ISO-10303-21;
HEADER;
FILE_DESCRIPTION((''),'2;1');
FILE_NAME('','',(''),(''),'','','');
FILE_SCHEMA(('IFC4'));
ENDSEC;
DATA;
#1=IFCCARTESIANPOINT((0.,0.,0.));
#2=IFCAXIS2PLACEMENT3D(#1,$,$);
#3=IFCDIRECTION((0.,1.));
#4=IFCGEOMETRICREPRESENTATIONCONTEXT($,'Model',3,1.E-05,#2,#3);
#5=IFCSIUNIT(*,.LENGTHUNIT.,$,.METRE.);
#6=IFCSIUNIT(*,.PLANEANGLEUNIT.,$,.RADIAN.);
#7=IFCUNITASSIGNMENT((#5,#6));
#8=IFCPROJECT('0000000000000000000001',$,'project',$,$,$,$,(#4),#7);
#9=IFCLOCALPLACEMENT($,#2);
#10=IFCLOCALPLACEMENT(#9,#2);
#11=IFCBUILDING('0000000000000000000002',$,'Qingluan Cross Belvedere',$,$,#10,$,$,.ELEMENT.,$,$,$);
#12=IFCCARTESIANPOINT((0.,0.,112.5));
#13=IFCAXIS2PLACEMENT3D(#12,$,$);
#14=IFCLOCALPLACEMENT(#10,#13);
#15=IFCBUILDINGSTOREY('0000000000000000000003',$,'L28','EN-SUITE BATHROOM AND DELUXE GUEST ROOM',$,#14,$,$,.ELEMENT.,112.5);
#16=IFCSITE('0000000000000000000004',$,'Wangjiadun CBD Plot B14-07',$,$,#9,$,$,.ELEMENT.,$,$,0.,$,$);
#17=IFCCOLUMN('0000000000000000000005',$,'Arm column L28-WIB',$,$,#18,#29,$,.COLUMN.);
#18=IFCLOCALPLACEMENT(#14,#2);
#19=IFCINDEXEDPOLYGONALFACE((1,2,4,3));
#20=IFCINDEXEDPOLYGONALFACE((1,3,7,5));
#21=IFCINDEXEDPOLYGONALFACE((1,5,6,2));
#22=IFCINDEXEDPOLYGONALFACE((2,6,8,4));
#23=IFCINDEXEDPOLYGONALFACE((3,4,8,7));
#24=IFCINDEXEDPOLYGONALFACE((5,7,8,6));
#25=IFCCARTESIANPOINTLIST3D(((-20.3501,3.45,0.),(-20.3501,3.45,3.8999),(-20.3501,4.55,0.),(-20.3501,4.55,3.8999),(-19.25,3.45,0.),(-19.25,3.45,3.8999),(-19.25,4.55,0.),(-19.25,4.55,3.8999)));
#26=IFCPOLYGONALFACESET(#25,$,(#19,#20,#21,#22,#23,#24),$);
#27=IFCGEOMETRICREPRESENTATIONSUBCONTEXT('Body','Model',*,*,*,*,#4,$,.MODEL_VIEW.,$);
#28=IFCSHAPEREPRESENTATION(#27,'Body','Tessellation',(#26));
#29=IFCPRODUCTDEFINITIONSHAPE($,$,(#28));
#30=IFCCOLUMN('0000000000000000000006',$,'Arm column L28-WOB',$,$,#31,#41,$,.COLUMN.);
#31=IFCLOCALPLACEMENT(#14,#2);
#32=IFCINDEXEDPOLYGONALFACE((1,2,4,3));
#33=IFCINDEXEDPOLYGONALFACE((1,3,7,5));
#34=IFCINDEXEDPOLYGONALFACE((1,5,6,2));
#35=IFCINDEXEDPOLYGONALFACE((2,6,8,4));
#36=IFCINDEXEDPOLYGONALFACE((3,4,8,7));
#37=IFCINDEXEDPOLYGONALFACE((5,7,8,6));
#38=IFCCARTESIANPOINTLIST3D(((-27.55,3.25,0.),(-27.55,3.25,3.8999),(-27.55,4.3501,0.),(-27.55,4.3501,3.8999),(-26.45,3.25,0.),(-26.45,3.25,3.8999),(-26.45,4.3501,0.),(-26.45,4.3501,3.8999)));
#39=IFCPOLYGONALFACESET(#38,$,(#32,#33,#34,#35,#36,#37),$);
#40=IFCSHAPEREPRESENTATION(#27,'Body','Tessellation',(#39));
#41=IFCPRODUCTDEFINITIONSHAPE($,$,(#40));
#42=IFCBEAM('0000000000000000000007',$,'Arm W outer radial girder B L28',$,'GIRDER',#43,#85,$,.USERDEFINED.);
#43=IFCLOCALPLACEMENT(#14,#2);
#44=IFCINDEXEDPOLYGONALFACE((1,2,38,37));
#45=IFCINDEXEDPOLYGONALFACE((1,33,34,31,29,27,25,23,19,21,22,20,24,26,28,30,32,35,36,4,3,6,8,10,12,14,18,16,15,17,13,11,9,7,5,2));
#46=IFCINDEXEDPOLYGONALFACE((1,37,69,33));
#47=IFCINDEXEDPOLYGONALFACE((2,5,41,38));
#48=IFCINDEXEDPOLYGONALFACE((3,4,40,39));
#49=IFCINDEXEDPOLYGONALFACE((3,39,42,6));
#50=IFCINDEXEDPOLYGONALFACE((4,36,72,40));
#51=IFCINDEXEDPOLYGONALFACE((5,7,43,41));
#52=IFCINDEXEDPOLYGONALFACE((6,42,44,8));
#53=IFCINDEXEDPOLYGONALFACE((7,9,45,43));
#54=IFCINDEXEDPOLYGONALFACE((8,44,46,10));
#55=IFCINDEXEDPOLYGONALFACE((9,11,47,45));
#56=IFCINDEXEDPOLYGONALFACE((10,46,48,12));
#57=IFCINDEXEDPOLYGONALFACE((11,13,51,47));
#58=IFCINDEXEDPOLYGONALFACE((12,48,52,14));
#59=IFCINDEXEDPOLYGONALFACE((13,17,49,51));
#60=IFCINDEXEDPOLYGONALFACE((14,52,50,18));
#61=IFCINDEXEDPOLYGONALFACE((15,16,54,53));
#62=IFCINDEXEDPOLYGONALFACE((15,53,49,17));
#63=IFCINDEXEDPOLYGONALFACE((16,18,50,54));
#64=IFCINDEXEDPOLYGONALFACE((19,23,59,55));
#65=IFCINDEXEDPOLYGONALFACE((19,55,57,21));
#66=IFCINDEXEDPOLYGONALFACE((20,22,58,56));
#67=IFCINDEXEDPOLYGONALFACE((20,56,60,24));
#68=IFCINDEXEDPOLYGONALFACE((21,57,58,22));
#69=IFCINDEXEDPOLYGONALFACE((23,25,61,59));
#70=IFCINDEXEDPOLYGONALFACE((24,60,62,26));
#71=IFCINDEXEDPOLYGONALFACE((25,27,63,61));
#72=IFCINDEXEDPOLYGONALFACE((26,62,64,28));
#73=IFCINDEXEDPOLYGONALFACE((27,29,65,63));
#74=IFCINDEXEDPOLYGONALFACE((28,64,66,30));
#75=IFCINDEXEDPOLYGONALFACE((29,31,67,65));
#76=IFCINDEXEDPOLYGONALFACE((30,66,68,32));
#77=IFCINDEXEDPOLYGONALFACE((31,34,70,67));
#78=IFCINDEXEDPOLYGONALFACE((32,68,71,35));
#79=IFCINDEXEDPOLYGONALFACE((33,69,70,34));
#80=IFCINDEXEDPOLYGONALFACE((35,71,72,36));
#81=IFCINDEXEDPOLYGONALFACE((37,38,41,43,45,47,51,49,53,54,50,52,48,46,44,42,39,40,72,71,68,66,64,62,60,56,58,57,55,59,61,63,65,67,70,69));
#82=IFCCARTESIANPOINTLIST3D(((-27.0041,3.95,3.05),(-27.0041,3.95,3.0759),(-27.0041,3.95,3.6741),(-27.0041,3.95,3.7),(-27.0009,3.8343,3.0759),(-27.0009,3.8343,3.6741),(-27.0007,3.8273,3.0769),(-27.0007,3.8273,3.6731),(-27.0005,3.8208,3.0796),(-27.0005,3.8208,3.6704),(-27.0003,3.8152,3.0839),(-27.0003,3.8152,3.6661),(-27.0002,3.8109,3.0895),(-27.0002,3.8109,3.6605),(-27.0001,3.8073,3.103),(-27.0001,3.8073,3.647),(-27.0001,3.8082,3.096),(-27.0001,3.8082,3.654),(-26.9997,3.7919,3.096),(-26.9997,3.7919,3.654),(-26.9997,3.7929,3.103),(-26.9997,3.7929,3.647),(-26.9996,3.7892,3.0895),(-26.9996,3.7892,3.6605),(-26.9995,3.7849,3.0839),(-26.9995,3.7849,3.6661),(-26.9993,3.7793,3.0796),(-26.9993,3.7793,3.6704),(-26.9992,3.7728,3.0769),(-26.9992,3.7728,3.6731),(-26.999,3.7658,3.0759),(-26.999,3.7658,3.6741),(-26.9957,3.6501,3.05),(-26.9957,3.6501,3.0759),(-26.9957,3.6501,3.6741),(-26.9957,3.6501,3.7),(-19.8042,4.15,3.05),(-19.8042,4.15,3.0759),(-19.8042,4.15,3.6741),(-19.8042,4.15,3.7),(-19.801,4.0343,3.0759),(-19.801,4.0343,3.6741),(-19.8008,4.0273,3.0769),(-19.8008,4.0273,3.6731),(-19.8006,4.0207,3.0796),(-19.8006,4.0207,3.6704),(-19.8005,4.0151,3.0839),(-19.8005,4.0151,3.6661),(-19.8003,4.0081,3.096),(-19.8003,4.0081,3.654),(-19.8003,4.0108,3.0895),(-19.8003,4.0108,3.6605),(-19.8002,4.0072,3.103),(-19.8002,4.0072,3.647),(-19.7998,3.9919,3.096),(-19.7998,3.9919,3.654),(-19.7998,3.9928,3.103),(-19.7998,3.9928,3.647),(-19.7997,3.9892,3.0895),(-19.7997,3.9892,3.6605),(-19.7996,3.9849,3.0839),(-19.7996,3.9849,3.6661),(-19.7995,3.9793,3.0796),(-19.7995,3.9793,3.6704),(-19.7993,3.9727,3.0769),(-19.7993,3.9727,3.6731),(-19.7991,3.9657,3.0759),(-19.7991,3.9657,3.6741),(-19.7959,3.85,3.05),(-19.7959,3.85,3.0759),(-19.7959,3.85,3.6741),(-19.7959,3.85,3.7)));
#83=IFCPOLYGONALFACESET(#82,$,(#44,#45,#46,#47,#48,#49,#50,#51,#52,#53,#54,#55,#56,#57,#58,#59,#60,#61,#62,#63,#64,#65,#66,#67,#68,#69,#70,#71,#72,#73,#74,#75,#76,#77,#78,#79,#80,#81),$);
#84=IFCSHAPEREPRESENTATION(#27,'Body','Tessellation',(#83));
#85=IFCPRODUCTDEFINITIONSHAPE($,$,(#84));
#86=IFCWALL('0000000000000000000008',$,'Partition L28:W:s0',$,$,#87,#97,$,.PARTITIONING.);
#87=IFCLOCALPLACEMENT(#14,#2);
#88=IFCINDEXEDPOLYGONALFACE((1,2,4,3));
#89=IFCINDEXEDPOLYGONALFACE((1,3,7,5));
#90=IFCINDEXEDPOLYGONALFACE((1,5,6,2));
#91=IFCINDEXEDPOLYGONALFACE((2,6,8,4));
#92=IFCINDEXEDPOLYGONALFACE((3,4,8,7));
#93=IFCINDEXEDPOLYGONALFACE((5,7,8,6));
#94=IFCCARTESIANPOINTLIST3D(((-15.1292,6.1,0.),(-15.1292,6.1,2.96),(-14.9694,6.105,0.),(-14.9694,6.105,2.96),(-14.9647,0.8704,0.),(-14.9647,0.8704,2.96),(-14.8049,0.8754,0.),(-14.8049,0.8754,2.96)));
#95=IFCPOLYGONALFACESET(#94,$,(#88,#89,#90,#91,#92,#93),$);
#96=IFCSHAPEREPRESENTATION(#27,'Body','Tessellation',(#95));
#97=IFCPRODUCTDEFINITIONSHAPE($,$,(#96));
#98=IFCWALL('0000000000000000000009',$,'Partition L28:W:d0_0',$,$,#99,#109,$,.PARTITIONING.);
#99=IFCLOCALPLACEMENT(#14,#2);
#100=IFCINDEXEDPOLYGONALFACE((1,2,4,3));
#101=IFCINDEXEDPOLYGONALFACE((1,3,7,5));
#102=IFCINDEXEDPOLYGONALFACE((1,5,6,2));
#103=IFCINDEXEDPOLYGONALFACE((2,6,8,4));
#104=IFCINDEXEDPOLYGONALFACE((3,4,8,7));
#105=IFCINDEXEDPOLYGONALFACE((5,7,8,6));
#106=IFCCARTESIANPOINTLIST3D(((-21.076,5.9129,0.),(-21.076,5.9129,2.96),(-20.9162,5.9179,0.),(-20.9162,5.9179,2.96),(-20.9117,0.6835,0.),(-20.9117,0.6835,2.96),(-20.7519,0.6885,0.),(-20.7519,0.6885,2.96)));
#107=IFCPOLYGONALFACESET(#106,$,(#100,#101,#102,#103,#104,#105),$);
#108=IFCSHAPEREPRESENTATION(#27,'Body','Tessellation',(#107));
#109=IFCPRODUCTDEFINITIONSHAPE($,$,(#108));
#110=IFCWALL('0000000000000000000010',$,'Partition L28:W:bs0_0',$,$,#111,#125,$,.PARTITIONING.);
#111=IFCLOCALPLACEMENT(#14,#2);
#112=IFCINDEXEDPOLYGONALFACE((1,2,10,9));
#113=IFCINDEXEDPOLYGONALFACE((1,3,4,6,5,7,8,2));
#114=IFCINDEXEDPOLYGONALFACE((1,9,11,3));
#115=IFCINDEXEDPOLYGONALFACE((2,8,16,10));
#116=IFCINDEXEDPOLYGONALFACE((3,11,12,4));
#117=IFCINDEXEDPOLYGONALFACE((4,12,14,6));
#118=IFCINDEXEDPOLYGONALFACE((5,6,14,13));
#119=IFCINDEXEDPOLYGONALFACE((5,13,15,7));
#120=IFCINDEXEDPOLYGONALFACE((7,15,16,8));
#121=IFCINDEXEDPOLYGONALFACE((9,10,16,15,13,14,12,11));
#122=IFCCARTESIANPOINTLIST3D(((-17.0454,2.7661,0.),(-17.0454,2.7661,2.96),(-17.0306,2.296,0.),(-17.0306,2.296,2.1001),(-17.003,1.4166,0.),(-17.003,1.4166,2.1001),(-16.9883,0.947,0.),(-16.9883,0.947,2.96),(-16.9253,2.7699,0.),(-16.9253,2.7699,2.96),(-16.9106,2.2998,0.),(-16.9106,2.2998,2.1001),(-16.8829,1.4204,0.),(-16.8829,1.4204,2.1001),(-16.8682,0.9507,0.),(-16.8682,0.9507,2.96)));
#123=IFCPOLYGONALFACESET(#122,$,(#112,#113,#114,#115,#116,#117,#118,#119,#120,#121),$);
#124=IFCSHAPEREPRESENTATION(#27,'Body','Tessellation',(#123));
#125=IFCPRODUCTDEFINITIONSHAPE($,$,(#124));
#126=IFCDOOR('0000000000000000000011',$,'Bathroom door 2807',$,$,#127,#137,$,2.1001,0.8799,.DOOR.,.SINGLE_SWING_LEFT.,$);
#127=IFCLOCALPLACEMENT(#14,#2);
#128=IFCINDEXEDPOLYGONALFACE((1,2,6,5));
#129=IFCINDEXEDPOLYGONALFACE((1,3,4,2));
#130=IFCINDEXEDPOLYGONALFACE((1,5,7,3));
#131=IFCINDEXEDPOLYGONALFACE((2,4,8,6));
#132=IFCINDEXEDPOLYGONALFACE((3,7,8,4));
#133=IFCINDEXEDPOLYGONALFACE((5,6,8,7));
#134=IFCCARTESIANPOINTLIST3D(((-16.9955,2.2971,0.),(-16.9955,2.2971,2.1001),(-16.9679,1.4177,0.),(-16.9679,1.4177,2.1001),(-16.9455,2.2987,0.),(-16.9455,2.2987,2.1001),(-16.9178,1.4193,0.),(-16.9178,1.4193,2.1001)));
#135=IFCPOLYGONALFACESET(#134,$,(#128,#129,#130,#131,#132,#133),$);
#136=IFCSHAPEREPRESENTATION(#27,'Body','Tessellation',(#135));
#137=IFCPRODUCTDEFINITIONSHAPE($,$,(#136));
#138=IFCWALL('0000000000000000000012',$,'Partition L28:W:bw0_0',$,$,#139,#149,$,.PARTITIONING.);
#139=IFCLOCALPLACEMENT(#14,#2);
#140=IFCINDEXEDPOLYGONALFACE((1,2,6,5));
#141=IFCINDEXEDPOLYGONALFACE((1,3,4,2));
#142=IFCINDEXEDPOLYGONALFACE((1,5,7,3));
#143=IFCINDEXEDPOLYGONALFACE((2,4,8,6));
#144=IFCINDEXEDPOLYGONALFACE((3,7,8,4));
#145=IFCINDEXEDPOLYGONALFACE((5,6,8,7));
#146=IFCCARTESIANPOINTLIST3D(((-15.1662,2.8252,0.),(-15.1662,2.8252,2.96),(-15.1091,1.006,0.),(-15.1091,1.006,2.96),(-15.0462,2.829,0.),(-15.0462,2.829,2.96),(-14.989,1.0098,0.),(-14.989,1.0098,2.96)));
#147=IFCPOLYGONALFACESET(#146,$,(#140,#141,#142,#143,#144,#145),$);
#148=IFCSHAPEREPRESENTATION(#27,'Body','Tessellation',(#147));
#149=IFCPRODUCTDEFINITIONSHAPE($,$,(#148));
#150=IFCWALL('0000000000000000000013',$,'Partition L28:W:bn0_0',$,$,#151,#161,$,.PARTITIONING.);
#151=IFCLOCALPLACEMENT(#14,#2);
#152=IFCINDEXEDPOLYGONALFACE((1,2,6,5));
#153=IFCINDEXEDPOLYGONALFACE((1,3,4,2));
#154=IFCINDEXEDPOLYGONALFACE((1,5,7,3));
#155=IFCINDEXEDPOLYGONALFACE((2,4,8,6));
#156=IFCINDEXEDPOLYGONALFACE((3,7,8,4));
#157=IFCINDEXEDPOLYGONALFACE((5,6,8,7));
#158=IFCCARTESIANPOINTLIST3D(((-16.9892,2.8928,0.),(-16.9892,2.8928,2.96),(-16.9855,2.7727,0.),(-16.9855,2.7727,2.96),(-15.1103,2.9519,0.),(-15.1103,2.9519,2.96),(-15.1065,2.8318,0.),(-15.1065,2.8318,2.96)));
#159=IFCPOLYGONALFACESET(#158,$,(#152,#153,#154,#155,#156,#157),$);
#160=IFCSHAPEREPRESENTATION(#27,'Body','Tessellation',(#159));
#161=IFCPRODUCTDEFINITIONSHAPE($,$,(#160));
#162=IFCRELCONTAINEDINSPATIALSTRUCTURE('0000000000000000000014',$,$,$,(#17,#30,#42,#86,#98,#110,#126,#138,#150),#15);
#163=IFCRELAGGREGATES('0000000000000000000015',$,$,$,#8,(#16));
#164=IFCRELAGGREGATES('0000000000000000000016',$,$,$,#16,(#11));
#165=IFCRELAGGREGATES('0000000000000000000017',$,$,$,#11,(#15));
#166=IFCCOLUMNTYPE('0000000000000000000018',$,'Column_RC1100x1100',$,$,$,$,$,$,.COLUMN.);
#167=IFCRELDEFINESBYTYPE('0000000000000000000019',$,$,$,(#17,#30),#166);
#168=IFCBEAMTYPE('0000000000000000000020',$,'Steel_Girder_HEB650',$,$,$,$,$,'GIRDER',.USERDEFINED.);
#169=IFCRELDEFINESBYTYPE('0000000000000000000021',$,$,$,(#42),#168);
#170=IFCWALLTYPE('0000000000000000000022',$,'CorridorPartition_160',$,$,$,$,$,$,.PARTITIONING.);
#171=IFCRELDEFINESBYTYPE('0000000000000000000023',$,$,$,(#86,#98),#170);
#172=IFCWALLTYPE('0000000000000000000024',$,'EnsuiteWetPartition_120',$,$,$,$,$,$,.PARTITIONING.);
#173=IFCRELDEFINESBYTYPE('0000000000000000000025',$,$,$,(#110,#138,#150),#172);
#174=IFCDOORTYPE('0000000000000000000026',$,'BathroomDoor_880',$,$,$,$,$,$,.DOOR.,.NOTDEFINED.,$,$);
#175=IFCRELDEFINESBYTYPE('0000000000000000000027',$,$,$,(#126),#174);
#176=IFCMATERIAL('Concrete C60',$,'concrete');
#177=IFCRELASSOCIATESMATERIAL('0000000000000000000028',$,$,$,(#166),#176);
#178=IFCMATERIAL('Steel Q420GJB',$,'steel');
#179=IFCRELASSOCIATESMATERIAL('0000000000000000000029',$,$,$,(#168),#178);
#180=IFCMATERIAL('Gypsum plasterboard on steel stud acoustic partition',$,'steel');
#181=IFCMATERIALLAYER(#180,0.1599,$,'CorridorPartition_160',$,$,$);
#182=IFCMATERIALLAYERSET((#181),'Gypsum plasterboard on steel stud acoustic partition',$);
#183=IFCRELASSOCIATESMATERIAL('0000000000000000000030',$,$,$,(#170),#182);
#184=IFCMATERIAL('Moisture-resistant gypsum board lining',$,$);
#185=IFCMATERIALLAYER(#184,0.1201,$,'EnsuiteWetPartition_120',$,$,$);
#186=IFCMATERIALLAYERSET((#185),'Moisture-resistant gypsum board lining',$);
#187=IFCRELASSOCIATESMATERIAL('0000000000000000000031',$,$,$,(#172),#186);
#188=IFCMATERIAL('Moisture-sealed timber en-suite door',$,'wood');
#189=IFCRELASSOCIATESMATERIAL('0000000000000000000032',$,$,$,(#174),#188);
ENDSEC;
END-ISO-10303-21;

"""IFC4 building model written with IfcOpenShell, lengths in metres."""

from ifc_helpers import new_model, si_unit, direction, frame, frame_2d, origin, origin_2d, place, context, subcontext, project, spatial, rectangle, i_section, extrude, material, layer, layer_set, material_profile, profile_set, type_object, element, fill, save


model = new_model("IFC4")

# Units and contexts
model_context = context("Model", 3, precision=1e-05, world=origin(), true_north=direction((0.0, 1.0)))
body_context = subcontext(model_context, "Body", "Model", "MODEL_VIEW")
ifc_project = project(units=[si_unit("LENGTHUNIT", "METRE"), si_unit("PLANEANGLEUNIT", "RADIAN")], contexts=[model_context])

# Site, building, storey
site_placement = place(None, origin())
site = spatial("IfcSite", under=ifc_project, at=site_placement, Name="Wangjiadun CBD Plot B14-07", CompositionType="ELEMENT", RefElevation=0.0)
building_placement = place(site_placement, origin())
building = spatial("IfcBuilding", under=site, at=building_placement, Name="Qingluan Cross Belvedere", CompositionType="ELEMENT")
storey_placement = place(building_placement, frame((0.0, 0.0, 112.5)))
storey = spatial("IfcBuildingStorey", under=building, at=storey_placement, Name="L28", Description="EN-SUITE BATHROOM AND DELUXE GUEST ROOM", CompositionType="ELEMENT", Elevation=112.5)

# Columns
ifc_material_1 = material(Name="Concrete C60", Category="concrete")
ifc_material_profile_1 = material_profile(ifc_material_1, rectangle(XDim=1.1001, YDim=1.1001, at=origin_2d()), Name="RC1100x1100")
ifc_profile_set_1 = profile_set([ifc_material_profile_1], Name="Concrete C60")
column_type = type_object("IfcColumnType", Name="Column_RC1100x1100", PredefinedType="COLUMN", material=ifc_profile_set_1)
for number, where, z_axis, x_axis, name in (
    (1, (-19.8, 4.0, 0.0), (0.0, 0.0, 1.0), (1.0, 0.0, 0.0), "Arm column L28-WIB"),
    (2, (-27.0, 3.8, 0.0), (0.0, 0.0, 1.0), (1.0, 0.0, 0.0), "Arm column L28-WOB"),
):
    element("IfcColumn", number, at=place(storey_placement, frame(where, z_axis=z_axis, x_axis=x_axis)), inside=storey, type_object=column_type, Name=name, PredefinedType="COLUMN", context=body_context, shape_type="SweptSolid", body=[
        extrude(rectangle(XDim=1.1001, YDim=1.1001, at=origin_2d()), origin(), (0.0, 0.0, 1.0), 3.8999),
    ])

# Beam
ifc_material_2 = material(Name="Steel Q420GJB", Category="steel")
ifc_material_profile_2 = material_profile(ifc_material_2, i_section(OverallWidth=0.3, OverallDepth=0.6499, WebThickness=0.0144, FlangeThickness=0.0259, FilletRadius=0.0271, at=origin_2d()), Name="HEB650")
ifc_profile_set_2 = profile_set([ifc_material_profile_2], Name="Steel Q420GJB")
beam_type = type_object("IfcBeamType", Name="Steel_Girder_HEB650", ElementType="GIRDER", PredefinedType="USERDEFINED", material=ifc_profile_set_2)
beam_placement = place(storey_placement, frame((-19.8, 4.0, 3.375), z_axis=(-0.999615, -0.02776, 0.0), x_axis=(0.02776, -0.999615, 0.0)))
element("IfcBeam", 3, at=beam_placement, inside=storey, type_object=beam_type, Name="Arm W outer radial girder B L28", ObjectType="GIRDER", PredefinedType="USERDEFINED", context=body_context, shape_type="SweptSolid", body=[
    extrude(i_section(OverallWidth=0.3, OverallDepth=0.6499, WebThickness=0.0144, FlangeThickness=0.0259, FilletRadius=0.0271, at=origin_2d()), origin(), (0.0, 0.0, 1.0), 7.2026),
])

# Shared definitions
ifc_material_3 = material(Name="Gypsum plasterboard on steel stud acoustic partition", Category="steel")
ifc_layer_1 = layer(ifc_material_3, 0.1599, Name="CorridorPartition_160")
ifc_layer_set_1 = layer_set([ifc_layer_1], Name="Gypsum plasterboard on steel stud acoustic partition")
wall_type_1 = type_object("IfcWallType", Name="CorridorPartition_160", PredefinedType="PARTITIONING", material=ifc_layer_set_1)

# Walls
wall_1_placement = place(storey_placement, frame((-14.8848, 0.8728, 0.0), z_axis=(0.0, 0.0, 1.0), x_axis=(-0.03145, 0.999505, 0.0)))
element("IfcWall", 4, at=wall_1_placement, inside=storey, type_object=wall_type_1, Name="Partition L28:W:s0", PredefinedType="PARTITIONING", context=body_context, shape_type="SweptSolid", body=[
    extrude(rectangle(XDim=5.2322, YDim=0.1599, at=frame_2d((2.6162, 0.0))), origin(), (0.0, 0.0, 1.0), 2.96),
])
wall_2_placement = place(storey_placement, frame((-20.8318, 0.686, 0.0), z_axis=(0.0, 0.0, 1.0), x_axis=(-0.031405, 0.999507, 0.0)))
element("IfcWall", 5, at=wall_2_placement, inside=storey, type_object=wall_type_1, Name="Partition L28:W:d0_0", PredefinedType="PARTITIONING", context=body_context, shape_type="SweptSolid", body=[
    extrude(rectangle(XDim=5.2319, YDim=0.1599, at=frame_2d((2.616, 0.0))), origin(), (0.0, 0.0, 1.0), 2.96),
])

# Wall, opening, door
ifc_material_4 = material(Name="Moisture-resistant gypsum board lining")
ifc_layer_2 = layer(ifc_material_4, 0.1201, Name="EnsuiteWetPartition_120")
ifc_layer_set_2 = layer_set([ifc_layer_2], Name="Moisture-resistant gypsum board lining")
wall_type_2 = type_object("IfcWallType", Name="EnsuiteWetPartition_120", PredefinedType="PARTITIONING", material=ifc_layer_set_2)
wall_3_placement = place(storey_placement, frame((-16.9282, 0.9487, 0.0), z_axis=(0.0, 0.0, 1.0), x_axis=(-0.03139, 0.999507, 0.0)))
wall_3 = element("IfcWall", 6, at=wall_3_placement, inside=storey, type_object=wall_type_2, Name="Partition L28:W:bs0_0", PredefinedType="PARTITIONING", context=body_context, shape_type="SweptSolid", body=[
    extrude(rectangle(XDim=1.8201, YDim=0.1201, at=frame_2d((0.9102, 0.0))), origin(), (0.0, 0.0, 1.0), 2.96),
])
opening_1_placement = place(wall_3_placement, frame((0.47, 0.0, 0.0)))
opening_1 = element("IfcOpeningElement", 7, at=opening_1_placement, cuts=wall_3, PredefinedType="OPENING", context=body_context, shape_type="SweptSolid", body=[
    extrude(rectangle(XDim=0.8799, YDim=2.1001, at=frame_2d((0.4399, 1.05))), frame((0.0, 0.0701, 0.0), z_axis=(0.0, -1.0, 0.0), x_axis=(1.0, 0.0, 0.0)), (0.0, 0.0, 1.0), 0.1401),
])
ifc_material_5 = material(Name="Moisture-sealed timber en-suite door", Category="wood")
door_type_1 = type_object("IfcDoorType", Name="BathroomDoor_880", OperationType="NOTDEFINED", PredefinedType="DOOR", material=ifc_material_5)
door_1_placement = place(opening_1_placement, origin())
door_1 = element("IfcDoor", 8, at=door_1_placement, inside=storey, type_object=door_type_1, Name="Bathroom door 2807", OperationType="SINGLE_SWING_LEFT", OverallHeight=2.1001, OverallWidth=0.8799, PredefinedType="DOOR", context=body_context, shape_type="SweptSolid", body=[
    extrude(rectangle(XDim=0.8799, YDim=2.1001, at=frame_2d((0.4399, 1.05))), frame((0.0, 0.0249, 0.0), z_axis=(0.0, -1.0, 0.0), x_axis=(1.0, 0.0, 0.0)), (0.0, 0.0, 1.0), 0.05),
])
fill(opening_1, door_1)

# Walls
wall_4_placement = place(storey_placement, frame((-15.0491, 1.0078, 0.0), z_axis=(0.0, 0.0, 1.0), x_axis=(-0.03139, 0.999507, 0.0)))
element("IfcWall", 9, at=wall_4_placement, inside=storey, type_object=wall_type_2, Name="Partition L28:W:bw0_0", PredefinedType="PARTITIONING", context=body_context, shape_type="SweptSolid", body=[
    extrude(rectangle(XDim=1.8201, YDim=0.1201, at=frame_2d((0.9102, 0.0))), origin(), (0.0, 0.0, 1.0), 2.96),
])
wall_5_placement = place(storey_placement, frame((-15.1084, 2.8918, 0.0), z_axis=(0.0, 0.0, 1.0), x_axis=(-0.999506, -0.031429, 0.0)))
element("IfcWall", 10, at=wall_5_placement, inside=storey, type_object=wall_type_2, Name="Partition L28:W:bn0_0", PredefinedType="PARTITIONING", context=body_context, shape_type="SweptSolid", body=[
    extrude(rectangle(XDim=1.8799, YDim=0.1201, at=frame_2d((0.9399, 0.0))), origin(), (0.0, 0.0, 1.0), 2.96),
])

save(model, "model.ifc")
